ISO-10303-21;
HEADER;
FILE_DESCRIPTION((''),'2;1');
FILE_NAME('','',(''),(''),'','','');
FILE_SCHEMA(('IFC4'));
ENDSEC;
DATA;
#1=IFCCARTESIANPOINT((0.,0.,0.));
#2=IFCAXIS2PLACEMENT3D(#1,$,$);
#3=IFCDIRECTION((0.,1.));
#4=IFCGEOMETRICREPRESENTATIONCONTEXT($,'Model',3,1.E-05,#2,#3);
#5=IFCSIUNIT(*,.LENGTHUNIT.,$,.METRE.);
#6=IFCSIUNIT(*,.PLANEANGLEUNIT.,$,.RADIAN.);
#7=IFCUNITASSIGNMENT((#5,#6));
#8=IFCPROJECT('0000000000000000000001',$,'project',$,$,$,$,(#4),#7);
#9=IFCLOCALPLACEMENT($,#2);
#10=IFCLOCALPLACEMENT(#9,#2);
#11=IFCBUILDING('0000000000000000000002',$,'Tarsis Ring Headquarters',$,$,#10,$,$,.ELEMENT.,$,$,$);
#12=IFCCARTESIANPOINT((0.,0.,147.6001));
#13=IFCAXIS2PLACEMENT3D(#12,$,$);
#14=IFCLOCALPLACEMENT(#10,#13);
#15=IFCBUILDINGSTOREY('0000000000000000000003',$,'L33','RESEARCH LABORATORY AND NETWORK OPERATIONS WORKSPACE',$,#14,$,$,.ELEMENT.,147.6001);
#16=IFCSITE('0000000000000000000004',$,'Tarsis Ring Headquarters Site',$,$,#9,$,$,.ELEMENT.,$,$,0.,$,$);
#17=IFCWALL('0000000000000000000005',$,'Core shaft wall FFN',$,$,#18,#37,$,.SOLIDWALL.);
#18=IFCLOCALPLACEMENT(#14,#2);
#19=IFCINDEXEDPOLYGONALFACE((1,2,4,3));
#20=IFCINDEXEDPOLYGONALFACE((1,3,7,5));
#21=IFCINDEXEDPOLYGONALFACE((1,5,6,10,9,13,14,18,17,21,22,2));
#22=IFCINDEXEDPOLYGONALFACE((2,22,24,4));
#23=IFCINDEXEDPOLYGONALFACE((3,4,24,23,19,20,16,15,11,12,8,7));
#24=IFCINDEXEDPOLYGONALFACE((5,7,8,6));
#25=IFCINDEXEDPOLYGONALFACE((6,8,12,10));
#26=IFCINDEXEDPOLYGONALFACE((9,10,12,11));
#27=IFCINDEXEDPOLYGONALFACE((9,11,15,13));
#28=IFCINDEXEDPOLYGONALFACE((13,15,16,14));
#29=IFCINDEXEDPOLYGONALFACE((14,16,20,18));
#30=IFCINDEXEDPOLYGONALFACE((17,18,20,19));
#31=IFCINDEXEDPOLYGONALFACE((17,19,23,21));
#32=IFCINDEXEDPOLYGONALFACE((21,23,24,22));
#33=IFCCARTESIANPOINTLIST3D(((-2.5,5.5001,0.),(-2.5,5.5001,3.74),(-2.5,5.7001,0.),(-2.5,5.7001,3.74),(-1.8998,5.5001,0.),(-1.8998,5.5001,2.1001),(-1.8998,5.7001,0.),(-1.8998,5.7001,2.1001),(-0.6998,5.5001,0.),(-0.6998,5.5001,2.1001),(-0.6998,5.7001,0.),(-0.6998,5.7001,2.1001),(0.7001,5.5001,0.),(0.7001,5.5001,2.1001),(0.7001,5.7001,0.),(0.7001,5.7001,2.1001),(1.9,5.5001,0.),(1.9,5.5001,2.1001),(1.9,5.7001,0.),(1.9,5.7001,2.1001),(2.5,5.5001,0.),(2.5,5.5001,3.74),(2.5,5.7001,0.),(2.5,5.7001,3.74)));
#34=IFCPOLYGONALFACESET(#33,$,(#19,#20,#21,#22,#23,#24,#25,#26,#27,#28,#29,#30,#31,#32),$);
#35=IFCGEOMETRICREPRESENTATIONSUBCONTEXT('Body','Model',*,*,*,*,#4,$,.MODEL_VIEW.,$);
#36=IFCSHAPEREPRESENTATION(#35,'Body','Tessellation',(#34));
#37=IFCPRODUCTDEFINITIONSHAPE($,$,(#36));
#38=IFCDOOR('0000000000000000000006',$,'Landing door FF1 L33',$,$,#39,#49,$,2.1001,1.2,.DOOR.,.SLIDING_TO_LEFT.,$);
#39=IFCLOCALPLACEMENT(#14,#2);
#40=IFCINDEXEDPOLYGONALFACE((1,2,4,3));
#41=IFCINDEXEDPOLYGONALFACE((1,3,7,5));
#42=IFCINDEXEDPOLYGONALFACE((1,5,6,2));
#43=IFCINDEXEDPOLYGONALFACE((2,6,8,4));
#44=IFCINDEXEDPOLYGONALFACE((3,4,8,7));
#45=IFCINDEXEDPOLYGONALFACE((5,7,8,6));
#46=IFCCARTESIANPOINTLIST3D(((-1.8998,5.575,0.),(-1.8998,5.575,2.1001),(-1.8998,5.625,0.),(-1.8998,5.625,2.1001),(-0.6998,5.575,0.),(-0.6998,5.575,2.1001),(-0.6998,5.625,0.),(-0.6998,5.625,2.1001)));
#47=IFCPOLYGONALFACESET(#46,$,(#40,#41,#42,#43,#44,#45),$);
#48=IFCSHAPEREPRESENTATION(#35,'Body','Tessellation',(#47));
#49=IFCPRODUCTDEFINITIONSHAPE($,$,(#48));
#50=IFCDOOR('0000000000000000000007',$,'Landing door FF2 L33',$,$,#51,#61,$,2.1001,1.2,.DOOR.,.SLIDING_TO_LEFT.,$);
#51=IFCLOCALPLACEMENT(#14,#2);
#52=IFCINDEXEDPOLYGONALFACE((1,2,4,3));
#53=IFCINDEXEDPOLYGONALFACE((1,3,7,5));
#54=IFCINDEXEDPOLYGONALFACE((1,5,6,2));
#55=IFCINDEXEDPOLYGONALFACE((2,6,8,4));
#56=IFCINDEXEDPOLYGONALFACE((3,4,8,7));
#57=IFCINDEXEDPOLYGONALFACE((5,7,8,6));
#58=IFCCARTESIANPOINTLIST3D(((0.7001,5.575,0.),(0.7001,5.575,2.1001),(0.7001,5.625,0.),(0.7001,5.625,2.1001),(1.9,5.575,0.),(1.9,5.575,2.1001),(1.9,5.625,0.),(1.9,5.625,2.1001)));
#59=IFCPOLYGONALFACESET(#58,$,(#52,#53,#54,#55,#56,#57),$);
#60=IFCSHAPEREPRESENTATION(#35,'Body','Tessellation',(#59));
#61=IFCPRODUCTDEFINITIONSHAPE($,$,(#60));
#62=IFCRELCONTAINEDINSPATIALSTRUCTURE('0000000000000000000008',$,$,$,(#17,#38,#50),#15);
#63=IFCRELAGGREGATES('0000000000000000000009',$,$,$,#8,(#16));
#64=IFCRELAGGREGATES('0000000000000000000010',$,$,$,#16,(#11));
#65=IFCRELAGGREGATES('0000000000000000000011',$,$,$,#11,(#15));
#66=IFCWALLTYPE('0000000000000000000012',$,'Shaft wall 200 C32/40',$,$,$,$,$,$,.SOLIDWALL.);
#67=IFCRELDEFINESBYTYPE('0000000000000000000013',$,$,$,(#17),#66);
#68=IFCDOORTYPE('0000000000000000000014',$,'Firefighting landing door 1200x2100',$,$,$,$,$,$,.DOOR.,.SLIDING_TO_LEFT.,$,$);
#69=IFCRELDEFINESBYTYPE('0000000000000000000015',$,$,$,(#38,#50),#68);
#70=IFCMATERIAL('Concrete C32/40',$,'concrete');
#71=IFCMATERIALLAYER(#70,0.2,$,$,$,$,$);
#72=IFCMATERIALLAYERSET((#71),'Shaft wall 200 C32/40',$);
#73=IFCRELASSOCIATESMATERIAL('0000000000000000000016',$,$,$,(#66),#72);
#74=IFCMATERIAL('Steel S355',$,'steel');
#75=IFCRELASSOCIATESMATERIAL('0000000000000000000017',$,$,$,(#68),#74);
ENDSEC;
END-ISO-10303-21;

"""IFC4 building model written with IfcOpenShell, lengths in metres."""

from ifc_helpers import new_model, si_unit, direction, frame, frame_2d, origin, place, context, subcontext, project, spatial, rectangle, extrude, material, layer, layer_set, type_object, element, fill, save


model = new_model("IFC4")

# Units and contexts
model_context = context("Model", 3, precision=1e-05, world=origin(), true_north=direction((0.0, 1.0)))
body_context = subcontext(model_context, "Body", "Model", "MODEL_VIEW")
ifc_project = project(units=[si_unit("LENGTHUNIT", "METRE"), si_unit("PLANEANGLEUNIT", "RADIAN")], contexts=[model_context])

# Site, building, storey
site_placement = place(None, origin())
site = spatial("IfcSite", under=ifc_project, at=site_placement, Name="Tarsis Ring Headquarters Site", CompositionType="ELEMENT", RefElevation=0.0)
building_placement = place(site_placement, origin())
building = spatial("IfcBuilding", under=site, at=building_placement, Name="Tarsis Ring Headquarters", CompositionType="ELEMENT")
storey_placement = place(building_placement, frame((0.0, 0.0, 147.6001)))
storey = spatial("IfcBuildingStorey", under=building, at=storey_placement, Name="L33", Description="RESEARCH LABORATORY AND NETWORK OPERATIONS WORKSPACE", CompositionType="ELEMENT", Elevation=147.6001)

# Shared definitions
ifc_material_1 = material(Name="Concrete C32/40", Category="concrete")
ifc_layer_1 = layer(ifc_material_1, 0.2)
ifc_layer_set_1 = layer_set([ifc_layer_1], Name="Shaft wall 200 C32/40")
wall_type_1 = type_object("IfcWallType", Name="Shaft wall 200 C32/40", PredefinedType="SOLIDWALL", material=ifc_layer_set_1)
ifc_material_2 = material(Name="Steel S355", Category="steel")

# Wall, openings, doors
wall_1_placement = place(storey_placement, frame((-2.5, 5.6001, 0.0), z_axis=(0.0, 0.0, 1.0), x_axis=(1.0, 0.0, 0.0)))
wall_1 = element("IfcWall", 1, at=wall_1_placement, inside=storey, type_object=wall_type_1, Name="Core shaft wall FFN", PredefinedType="SOLIDWALL", context=body_context, shape_type="SweptSolid", body=[
    extrude(rectangle(XDim=5.0, YDim=0.2, at=frame_2d((2.5, 0.0))), origin(), (0.0, 0.0, 1.0), 3.74),
])
opening_1_placement = place(wall_1_placement, frame((0.6001, 0.0, 0.0)))
opening_1 = element("IfcOpeningElement", 2, at=opening_1_placement, cuts=wall_1, PredefinedType="OPENING", context=body_context, shape_type="SweptSolid", body=[
    extrude(rectangle(XDim=1.2, YDim=2.1001, at=frame_2d((0.6001, 1.05))), frame((0.0, 0.1099, 0.0), z_axis=(0.0, -1.0, 0.0), x_axis=(1.0, 0.0, 0.0)), (0.0, 0.0, 1.0), 0.22),
])
opening_2_placement = place(wall_1_placement, frame((3.2, 0.0, 0.0)))
opening_2 = element("IfcOpeningElement", 3, at=opening_2_placement, cuts=wall_1, PredefinedType="OPENING", context=body_context, shape_type="SweptSolid", body=[
    extrude(rectangle(XDim=1.2, YDim=2.1001, at=frame_2d((0.6001, 1.05))), frame((0.0, 0.1099, 0.0), z_axis=(0.0, -1.0, 0.0), x_axis=(1.0, 0.0, 0.0)), (0.0, 0.0, 1.0), 0.22),
])
door_type_1 = type_object("IfcDoorType", Name="Firefighting landing door 1200x2100", OperationType="SLIDING_TO_LEFT", PredefinedType="DOOR", material=ifc_material_2)
door_1_placement = place(opening_1_placement, origin())
door_1 = element("IfcDoor", 4, at=door_1_placement, inside=storey, type_object=door_type_1, Name="Landing door FF1 L33", OperationType="SLIDING_TO_LEFT", OverallHeight=2.1001, OverallWidth=1.2, PredefinedType="DOOR", context=body_context, shape_type="SweptSolid", body=[
    extrude(rectangle(XDim=1.2, YDim=2.1001, at=frame_2d((0.6001, 1.05))), frame((0.0, 0.0249, 0.0), z_axis=(0.0, -1.0, 0.0), x_axis=(1.0, 0.0, 0.0)), (0.0, 0.0, 1.0), 0.05),
])
fill(opening_1, door_1)
door_2_placement = place(opening_2_placement, origin())
door_2 = element("IfcDoor", 5, at=door_2_placement, inside=storey, type_object=door_type_1, Name="Landing door FF2 L33", OperationType="SLIDING_TO_LEFT", OverallHeight=2.1001, OverallWidth=1.2, PredefinedType="DOOR", context=body_context, shape_type="SweptSolid", body=[
    extrude(rectangle(XDim=1.2, YDim=2.1001, at=frame_2d((0.6001, 1.05))), frame((0.0, 0.0249, 0.0), z_axis=(0.0, -1.0, 0.0), x_axis=(1.0, 0.0, 0.0)), (0.0, 0.0, 1.0), 0.05),
])
fill(opening_2, door_2)

save(model, "model.ifc")
